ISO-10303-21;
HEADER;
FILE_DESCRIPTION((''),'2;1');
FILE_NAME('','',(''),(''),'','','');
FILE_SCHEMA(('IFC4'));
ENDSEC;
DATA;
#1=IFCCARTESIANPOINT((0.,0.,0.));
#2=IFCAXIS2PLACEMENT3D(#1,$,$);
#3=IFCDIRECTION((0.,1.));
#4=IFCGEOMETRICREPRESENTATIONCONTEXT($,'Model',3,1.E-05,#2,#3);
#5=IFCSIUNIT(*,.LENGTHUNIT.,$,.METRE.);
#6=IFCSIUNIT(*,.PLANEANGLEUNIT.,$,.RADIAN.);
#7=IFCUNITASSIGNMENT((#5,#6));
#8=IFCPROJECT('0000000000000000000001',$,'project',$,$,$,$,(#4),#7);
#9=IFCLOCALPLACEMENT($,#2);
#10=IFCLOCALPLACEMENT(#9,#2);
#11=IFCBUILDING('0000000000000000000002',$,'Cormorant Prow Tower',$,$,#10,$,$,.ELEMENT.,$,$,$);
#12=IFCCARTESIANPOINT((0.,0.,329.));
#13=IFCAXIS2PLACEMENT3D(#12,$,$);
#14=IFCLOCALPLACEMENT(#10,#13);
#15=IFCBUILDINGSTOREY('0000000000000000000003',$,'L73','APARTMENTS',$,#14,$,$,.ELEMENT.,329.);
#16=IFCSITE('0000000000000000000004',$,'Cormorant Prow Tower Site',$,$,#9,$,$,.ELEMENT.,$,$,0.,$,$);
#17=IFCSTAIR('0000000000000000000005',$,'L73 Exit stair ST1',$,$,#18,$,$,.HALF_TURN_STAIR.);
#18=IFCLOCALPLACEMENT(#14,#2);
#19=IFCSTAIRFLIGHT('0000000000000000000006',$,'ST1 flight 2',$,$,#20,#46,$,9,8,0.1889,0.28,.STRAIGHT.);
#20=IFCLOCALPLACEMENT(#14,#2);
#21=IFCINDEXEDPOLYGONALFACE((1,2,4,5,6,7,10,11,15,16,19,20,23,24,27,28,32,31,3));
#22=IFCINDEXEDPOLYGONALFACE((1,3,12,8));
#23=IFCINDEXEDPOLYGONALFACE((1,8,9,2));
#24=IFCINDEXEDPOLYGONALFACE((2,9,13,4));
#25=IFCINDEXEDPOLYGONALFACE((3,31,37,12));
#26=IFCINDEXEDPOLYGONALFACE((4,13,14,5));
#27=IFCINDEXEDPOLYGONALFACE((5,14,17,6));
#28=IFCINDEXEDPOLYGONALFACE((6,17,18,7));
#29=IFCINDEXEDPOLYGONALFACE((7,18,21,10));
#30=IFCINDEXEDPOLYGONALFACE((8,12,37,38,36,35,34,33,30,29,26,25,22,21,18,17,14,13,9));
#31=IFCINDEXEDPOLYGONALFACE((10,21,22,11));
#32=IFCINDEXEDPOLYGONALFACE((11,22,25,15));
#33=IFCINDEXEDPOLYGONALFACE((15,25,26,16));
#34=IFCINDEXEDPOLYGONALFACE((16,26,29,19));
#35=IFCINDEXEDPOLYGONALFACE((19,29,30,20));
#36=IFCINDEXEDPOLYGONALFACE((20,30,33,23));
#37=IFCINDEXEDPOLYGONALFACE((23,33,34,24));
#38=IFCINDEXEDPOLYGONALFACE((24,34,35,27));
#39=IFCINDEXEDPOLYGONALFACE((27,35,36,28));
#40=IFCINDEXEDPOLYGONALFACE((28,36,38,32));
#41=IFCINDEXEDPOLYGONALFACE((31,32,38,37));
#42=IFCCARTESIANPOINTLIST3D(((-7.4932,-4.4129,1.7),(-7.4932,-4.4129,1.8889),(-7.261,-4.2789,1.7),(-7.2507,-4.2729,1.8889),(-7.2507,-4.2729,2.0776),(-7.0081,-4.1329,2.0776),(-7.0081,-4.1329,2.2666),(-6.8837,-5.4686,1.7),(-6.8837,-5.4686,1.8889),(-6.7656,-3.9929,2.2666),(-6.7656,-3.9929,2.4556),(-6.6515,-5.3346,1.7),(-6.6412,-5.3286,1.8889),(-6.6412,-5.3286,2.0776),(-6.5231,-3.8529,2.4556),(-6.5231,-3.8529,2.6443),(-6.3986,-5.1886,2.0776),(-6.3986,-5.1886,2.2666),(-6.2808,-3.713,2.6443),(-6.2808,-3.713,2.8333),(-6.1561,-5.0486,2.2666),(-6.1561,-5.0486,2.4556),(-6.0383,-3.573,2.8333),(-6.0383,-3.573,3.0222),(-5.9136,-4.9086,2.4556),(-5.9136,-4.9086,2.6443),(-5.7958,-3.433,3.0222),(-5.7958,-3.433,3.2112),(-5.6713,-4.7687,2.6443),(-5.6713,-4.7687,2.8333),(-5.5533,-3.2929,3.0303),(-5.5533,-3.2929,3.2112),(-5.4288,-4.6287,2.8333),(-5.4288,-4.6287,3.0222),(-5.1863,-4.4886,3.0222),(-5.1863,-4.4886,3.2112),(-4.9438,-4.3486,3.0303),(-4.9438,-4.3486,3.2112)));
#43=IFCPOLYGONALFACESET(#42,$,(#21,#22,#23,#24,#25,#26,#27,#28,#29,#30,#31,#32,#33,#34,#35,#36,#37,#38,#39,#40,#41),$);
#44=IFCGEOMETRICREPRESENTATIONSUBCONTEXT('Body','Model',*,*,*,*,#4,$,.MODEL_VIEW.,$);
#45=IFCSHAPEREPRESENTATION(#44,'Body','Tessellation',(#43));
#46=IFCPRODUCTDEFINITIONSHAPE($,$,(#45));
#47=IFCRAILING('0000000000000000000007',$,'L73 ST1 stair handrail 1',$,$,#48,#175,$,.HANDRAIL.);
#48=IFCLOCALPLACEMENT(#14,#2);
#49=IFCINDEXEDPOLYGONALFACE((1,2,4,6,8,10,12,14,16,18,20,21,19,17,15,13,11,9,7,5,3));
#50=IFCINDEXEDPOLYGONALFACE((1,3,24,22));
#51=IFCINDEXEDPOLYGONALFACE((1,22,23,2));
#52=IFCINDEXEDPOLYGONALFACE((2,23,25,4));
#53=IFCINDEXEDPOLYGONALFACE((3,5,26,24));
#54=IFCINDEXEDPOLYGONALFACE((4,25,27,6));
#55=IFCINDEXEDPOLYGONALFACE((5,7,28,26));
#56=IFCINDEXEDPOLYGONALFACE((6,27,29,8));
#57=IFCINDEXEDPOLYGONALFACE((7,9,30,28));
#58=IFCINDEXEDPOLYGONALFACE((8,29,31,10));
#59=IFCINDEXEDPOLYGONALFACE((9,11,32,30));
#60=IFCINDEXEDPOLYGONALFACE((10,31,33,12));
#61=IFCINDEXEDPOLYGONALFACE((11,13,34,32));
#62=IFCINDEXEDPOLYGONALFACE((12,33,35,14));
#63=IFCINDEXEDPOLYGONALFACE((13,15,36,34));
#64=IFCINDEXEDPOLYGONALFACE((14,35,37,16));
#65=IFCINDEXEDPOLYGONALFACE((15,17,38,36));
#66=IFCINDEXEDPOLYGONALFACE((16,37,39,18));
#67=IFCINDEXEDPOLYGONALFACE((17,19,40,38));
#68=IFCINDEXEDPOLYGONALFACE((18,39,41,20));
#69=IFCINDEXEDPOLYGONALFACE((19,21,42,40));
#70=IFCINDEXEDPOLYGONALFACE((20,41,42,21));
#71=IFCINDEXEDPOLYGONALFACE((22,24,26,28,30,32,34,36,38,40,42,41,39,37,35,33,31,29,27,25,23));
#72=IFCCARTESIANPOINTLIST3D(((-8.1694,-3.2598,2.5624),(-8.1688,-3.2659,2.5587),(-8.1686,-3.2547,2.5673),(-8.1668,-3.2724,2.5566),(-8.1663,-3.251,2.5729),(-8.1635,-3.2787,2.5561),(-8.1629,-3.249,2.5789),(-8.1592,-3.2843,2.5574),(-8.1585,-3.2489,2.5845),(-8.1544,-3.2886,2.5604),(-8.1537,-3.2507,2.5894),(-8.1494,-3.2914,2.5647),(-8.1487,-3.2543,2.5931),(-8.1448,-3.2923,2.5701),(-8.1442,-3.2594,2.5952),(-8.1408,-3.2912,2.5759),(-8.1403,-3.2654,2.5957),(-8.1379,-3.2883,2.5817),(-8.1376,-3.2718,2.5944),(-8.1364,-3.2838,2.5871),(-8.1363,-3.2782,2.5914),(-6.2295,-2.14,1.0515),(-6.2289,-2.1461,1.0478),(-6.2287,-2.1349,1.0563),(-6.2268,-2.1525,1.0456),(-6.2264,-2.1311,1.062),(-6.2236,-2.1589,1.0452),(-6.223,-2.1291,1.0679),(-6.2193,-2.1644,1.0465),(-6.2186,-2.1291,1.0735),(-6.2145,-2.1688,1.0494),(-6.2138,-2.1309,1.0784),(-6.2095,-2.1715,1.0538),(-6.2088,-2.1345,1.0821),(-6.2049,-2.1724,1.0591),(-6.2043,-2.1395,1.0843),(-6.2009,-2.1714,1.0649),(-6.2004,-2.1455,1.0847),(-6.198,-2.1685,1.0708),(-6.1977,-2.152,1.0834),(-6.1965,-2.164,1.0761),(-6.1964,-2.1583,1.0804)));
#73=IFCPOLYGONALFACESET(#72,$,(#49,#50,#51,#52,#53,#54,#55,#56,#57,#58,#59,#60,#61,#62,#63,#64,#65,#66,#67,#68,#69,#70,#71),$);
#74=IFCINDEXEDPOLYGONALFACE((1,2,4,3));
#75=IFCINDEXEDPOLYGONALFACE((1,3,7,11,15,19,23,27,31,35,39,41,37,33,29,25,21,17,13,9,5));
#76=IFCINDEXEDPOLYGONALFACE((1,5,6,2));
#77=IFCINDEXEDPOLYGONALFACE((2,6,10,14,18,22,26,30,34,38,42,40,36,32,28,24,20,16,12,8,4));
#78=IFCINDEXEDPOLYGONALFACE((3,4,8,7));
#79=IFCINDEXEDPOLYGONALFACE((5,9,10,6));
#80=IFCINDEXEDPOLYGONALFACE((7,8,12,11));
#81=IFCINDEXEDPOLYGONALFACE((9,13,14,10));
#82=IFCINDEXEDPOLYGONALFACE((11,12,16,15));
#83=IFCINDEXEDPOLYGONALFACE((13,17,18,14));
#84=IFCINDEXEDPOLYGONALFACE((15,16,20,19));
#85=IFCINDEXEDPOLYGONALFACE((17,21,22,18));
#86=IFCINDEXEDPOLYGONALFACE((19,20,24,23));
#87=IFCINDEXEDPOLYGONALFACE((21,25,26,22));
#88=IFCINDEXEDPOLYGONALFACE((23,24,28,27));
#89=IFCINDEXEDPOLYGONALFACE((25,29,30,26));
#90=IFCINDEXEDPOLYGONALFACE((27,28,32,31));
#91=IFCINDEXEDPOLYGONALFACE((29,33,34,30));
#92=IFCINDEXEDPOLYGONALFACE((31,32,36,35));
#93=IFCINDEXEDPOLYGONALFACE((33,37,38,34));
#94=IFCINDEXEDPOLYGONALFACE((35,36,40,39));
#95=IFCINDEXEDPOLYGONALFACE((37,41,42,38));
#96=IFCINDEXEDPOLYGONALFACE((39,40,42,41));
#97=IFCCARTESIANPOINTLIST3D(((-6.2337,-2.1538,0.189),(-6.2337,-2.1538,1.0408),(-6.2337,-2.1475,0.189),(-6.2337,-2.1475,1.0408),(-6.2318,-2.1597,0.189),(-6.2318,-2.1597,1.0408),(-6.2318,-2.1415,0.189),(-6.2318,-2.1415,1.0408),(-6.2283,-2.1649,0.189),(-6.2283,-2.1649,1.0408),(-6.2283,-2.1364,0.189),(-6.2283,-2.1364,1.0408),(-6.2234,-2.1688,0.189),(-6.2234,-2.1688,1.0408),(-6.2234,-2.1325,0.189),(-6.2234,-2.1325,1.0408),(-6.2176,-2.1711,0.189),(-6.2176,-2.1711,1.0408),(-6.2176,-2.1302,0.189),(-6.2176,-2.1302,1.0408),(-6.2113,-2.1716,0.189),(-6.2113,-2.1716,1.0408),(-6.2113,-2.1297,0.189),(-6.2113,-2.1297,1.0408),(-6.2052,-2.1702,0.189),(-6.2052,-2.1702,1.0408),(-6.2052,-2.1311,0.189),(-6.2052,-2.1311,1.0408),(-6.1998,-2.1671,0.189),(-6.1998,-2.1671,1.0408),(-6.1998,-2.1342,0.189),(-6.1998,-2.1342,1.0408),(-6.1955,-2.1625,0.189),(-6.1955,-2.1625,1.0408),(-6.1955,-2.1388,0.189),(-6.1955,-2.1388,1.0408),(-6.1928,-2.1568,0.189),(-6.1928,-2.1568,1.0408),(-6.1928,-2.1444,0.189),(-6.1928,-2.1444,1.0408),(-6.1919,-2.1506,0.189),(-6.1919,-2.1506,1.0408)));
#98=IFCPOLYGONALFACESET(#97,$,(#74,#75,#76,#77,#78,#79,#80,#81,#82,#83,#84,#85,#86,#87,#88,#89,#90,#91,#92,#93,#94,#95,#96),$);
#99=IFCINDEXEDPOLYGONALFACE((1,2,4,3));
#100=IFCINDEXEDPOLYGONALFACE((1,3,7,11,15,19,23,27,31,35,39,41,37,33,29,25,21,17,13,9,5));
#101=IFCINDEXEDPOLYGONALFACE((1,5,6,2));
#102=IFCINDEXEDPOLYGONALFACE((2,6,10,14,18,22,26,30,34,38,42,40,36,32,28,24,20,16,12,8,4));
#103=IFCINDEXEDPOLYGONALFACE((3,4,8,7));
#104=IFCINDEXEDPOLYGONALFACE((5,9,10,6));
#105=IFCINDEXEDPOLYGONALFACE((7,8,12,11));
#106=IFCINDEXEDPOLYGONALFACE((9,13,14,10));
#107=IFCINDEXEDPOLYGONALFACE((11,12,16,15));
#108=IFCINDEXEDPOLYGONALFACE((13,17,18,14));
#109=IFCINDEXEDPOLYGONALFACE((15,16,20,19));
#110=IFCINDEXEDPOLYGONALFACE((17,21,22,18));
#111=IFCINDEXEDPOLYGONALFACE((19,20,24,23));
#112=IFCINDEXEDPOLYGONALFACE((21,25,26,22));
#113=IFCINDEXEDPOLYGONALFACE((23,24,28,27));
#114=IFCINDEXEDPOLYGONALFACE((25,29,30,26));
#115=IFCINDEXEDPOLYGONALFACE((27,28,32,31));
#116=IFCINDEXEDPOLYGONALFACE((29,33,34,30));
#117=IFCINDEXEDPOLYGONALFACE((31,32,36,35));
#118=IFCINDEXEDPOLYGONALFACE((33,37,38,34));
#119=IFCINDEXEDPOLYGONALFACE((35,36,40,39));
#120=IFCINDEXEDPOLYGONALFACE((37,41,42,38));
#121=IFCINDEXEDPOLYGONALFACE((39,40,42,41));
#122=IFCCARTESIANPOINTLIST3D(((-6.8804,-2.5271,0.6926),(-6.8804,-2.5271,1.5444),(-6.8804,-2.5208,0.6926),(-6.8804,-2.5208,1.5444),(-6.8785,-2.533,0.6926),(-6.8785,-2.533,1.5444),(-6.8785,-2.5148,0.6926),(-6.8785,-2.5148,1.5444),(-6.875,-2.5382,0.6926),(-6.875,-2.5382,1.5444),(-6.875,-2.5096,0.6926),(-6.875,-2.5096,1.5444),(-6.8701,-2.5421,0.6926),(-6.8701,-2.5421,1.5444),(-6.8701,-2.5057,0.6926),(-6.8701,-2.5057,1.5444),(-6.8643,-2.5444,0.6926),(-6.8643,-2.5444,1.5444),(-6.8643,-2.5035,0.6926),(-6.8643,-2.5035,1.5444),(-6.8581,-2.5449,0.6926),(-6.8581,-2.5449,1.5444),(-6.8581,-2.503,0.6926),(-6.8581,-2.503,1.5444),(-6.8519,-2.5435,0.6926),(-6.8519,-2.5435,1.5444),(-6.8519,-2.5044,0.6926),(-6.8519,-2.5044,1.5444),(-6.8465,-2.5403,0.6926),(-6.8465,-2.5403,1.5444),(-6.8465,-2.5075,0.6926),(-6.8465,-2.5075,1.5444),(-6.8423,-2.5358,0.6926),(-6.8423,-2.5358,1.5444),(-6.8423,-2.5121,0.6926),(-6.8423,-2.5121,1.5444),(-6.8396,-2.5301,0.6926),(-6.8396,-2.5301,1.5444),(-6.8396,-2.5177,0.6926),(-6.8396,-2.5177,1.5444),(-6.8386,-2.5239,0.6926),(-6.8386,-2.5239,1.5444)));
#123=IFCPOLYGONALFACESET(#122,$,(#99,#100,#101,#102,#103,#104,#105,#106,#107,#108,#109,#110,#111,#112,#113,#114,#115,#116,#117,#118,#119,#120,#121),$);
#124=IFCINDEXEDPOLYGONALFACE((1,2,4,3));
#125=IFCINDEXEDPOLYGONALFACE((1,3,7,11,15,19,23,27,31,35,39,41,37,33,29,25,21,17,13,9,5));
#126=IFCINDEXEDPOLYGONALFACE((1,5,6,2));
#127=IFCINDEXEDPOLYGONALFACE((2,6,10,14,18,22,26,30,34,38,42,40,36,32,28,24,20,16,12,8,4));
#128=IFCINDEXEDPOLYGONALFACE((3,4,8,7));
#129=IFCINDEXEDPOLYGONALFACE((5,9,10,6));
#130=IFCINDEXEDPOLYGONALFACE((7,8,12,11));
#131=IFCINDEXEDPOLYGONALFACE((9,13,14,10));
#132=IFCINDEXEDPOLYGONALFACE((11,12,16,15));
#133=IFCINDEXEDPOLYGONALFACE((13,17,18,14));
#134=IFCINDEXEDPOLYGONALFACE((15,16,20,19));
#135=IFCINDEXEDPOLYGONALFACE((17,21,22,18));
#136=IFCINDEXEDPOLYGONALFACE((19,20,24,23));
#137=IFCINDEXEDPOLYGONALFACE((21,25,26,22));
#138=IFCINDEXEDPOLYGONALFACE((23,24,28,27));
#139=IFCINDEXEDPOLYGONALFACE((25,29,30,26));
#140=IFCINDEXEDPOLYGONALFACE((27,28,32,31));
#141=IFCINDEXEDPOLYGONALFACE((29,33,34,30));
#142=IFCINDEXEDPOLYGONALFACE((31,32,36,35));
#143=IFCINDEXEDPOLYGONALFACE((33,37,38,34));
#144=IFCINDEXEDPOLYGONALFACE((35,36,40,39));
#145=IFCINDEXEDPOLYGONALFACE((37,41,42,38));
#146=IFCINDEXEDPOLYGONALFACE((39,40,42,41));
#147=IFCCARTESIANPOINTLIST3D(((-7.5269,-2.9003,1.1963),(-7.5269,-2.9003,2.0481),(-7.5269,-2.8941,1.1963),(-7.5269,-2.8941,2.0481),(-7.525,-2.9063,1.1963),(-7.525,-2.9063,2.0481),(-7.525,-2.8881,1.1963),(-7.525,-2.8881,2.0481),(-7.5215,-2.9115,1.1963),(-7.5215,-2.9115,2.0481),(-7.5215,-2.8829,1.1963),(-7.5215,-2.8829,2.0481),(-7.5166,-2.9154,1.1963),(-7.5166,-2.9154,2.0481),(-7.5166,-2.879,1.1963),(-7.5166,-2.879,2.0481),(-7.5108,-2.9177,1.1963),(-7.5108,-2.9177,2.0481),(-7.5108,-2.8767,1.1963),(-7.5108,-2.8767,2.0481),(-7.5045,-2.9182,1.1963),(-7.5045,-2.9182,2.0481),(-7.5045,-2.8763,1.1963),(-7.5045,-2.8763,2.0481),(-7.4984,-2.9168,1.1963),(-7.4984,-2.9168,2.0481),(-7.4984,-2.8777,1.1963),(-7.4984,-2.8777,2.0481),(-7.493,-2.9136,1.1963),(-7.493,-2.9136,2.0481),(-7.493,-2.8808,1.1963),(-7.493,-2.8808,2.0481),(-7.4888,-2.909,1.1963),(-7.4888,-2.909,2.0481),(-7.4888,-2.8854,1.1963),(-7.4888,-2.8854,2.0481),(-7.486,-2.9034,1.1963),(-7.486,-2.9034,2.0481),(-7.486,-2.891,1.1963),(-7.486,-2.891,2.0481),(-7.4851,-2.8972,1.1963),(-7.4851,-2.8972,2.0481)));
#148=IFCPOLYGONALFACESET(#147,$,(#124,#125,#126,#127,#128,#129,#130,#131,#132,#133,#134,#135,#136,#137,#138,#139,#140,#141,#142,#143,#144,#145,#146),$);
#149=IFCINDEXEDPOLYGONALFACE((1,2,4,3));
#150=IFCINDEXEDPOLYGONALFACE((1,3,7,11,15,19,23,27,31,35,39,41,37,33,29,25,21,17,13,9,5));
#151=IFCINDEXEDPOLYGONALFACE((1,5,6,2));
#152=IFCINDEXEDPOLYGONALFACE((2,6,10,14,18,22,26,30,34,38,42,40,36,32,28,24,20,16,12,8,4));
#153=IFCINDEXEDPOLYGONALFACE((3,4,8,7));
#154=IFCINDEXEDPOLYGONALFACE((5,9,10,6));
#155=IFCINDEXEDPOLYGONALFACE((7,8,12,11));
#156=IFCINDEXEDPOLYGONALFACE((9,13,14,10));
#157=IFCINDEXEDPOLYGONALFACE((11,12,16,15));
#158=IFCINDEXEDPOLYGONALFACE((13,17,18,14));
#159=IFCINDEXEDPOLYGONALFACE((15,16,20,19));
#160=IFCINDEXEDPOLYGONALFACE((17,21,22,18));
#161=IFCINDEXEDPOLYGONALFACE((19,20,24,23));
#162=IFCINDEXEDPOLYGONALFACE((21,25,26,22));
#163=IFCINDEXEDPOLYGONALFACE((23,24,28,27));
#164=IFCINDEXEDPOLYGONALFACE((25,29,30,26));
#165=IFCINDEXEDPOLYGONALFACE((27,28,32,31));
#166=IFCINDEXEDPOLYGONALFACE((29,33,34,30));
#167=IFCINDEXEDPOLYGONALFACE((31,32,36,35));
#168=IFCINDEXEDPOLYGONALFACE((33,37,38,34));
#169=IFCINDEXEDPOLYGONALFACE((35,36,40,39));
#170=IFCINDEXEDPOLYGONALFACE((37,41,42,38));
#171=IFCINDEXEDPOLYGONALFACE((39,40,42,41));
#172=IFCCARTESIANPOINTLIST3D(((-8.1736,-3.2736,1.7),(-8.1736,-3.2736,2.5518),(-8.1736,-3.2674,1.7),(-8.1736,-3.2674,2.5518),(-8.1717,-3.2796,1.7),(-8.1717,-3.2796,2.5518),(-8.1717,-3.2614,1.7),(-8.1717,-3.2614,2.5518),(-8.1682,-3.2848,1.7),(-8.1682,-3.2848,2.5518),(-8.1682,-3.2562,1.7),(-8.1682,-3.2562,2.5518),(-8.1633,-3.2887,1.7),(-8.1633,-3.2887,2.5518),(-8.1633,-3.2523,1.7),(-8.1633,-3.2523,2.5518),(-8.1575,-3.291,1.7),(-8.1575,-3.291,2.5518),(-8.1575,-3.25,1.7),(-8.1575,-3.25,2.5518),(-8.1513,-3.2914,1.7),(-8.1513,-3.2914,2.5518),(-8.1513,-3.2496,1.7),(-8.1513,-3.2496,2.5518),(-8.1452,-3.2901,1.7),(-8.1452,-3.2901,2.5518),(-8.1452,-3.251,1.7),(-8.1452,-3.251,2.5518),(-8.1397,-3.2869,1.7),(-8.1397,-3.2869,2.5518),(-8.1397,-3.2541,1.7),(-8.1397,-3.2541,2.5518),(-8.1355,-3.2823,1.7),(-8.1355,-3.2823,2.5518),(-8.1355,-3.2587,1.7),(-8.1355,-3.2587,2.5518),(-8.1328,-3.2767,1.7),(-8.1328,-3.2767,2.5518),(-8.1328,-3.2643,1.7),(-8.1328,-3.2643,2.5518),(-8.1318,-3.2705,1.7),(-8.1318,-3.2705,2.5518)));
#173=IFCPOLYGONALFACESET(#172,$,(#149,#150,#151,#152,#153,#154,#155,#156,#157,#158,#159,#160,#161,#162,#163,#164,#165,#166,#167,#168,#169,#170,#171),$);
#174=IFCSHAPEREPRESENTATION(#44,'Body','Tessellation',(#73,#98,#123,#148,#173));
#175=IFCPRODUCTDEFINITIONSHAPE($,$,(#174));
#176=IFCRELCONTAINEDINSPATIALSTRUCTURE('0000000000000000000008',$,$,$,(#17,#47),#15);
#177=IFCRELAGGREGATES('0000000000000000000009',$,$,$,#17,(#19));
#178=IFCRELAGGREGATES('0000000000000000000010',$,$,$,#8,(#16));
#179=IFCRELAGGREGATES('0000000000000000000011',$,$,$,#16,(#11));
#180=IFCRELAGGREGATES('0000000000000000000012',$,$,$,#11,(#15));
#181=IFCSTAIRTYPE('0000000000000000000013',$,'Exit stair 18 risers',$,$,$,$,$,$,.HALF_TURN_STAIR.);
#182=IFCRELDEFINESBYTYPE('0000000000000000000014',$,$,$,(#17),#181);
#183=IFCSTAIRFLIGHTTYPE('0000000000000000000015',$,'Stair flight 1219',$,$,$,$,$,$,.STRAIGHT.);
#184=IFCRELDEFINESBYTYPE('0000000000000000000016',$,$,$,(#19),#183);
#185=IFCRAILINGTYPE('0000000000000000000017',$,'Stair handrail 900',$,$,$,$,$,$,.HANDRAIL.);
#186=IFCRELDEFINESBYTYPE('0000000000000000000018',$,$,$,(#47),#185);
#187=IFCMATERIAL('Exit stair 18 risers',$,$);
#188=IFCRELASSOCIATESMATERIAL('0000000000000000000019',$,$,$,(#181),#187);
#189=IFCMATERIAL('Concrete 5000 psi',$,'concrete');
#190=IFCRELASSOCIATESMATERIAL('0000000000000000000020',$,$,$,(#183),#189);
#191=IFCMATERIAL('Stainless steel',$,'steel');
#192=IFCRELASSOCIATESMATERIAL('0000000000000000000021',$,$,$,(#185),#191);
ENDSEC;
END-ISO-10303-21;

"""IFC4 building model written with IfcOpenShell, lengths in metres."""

from ifc_helpers import new_model, si_unit, direction, frame, origin, origin_2d, place, context, subcontext, project, spatial, polyline, circle, outline, extrude, material, type_object, element, aggregate, save


model = new_model("IFC4")

# Units and contexts
model_context = context("Model", 3, precision=1e-05, world=origin(), true_north=direction((0.0, 1.0)))
body_context = subcontext(model_context, "Body", "Model", "MODEL_VIEW")
ifc_project = project(units=[si_unit("LENGTHUNIT", "METRE"), si_unit("PLANEANGLEUNIT", "RADIAN")], contexts=[model_context])

# Site, building, storey
site_placement = place(None, origin())
site = spatial("IfcSite", under=ifc_project, at=site_placement, Name="Cormorant Prow Tower Site", CompositionType="ELEMENT", RefElevation=0.0)
building_placement = place(site_placement, origin())
building = spatial("IfcBuilding", under=site, at=building_placement, Name="Cormorant Prow Tower", CompositionType="ELEMENT")
storey_placement = place(building_placement, frame((0.0, 0.0, 329.0)))
storey = spatial("IfcBuildingStorey", under=building, at=storey_placement, Name="L73", Description="APARTMENTS", CompositionType="ELEMENT", Elevation=329.0)

# Stair, stair flight
ifc_material_1 = material(Name="Exit stair 18 risers")
stair_type = type_object("IfcStairType", Name="Exit stair 18 risers", PredefinedType="HALF_TURN_STAIR", material=ifc_material_1)
stair_placement = place(storey_placement, origin())
stair = element("IfcStair", 1, at=stair_placement, inside=storey, type_object=stair_type, Name="L73 Exit stair ST1", PredefinedType="HALF_TURN_STAIR")
ifc_material_2 = material(Name="Concrete 5000 psi", Category="concrete")
stair_flight_type = type_object("IfcStairFlightType", Name="Stair flight 1219", PredefinedType="STRAIGHT", material=ifc_material_2)
stair_flight_1_placement = place(storey_placement, frame((-7.1885, -4.9407, 1.7), z_axis=(0.0, 0.0, 1.0), x_axis=(0.866025, 0.5, 0.0)))
stair_flight_1 = element("IfcStairFlight", 2, at=stair_flight_1_placement, type_object=stair_flight_type, Name="ST1 flight 2", NumberOfRisers=9, NumberOfTreads=8, PredefinedType="STRAIGHT", RiserHeight=0.1889, TreadLength=0.28, context=body_context, shape_type="SweptSolid", body=[
    extrude(outline(polyline([(0.0, 0.0), (0.0, 0.189), (0.28, 0.189), (0.28, 0.3777), (0.5601, 0.3777), (0.5601, 0.5667), (0.8401, 0.5667), (0.8401, 0.7556), (1.1201, 0.7556), (1.1201, 0.9443), (1.3999, 0.9443), (1.3999, 1.1333), (1.6799, 1.1333), (1.6799, 1.3223), (1.96, 1.3223), (1.96, 1.5112), (2.24, 1.5112), (2.24, 1.7), (2.24, 1.3303), (0.2681, 0.0), (0.0, 0.0)])), frame((0.0, 0.6094, 0.0), z_axis=(0.0, -1.0, 0.0), x_axis=(1.0, 0.0, 0.0)), (0.0, 0.0, 1.0), 1.219),
])
aggregate(stair, [stair_flight_1])

# Railing
ifc_material_3 = material(Name="Stainless steel", Category="steel")
railing_type_1 = type_object("IfcRailingType", Name="Stair handrail 900", PredefinedType="HANDRAIL", material=ifc_material_3)
railing_1_placement = place(storey_placement, frame((-6.2129, -2.1506, 0.189)))
element("IfcRailing", 3, at=railing_1_placement, inside=storey, type_object=railing_type_1, Name="L73 ST1 stair handrail 1", PredefinedType="HANDRAIL", context=body_context, shape_type="SweptSolid", body=[
    extrude(circle(Radius=0.0239, at=origin_2d()), frame((0.0, 0.0, 0.876), z_axis=(-0.717977, -0.414467, 0.559219), x_axis=(0.499949, -0.866055, 0.0)), (0.0, 0.0, 1.0), 2.7019),
    extrude(circle(Radius=0.021, at=origin_2d()), origin(), (0.0, 0.0, 1.0), 0.8518),
    extrude(circle(Radius=0.021, at=origin_2d()), frame((-0.6467, -0.3733, 0.5037)), (0.0, 0.0, 1.0), 0.8518),
    extrude(circle(Radius=0.021, at=origin_2d()), frame((-1.2932, -0.7466, 1.0073)), (0.0, 0.0, 1.0), 0.8518),
    extrude(circle(Radius=0.021, at=origin_2d()), frame((-1.9399, -1.1199, 1.511)), (0.0, 0.0, 1.0), 0.8518),
])

save(model, "model.ifc")
